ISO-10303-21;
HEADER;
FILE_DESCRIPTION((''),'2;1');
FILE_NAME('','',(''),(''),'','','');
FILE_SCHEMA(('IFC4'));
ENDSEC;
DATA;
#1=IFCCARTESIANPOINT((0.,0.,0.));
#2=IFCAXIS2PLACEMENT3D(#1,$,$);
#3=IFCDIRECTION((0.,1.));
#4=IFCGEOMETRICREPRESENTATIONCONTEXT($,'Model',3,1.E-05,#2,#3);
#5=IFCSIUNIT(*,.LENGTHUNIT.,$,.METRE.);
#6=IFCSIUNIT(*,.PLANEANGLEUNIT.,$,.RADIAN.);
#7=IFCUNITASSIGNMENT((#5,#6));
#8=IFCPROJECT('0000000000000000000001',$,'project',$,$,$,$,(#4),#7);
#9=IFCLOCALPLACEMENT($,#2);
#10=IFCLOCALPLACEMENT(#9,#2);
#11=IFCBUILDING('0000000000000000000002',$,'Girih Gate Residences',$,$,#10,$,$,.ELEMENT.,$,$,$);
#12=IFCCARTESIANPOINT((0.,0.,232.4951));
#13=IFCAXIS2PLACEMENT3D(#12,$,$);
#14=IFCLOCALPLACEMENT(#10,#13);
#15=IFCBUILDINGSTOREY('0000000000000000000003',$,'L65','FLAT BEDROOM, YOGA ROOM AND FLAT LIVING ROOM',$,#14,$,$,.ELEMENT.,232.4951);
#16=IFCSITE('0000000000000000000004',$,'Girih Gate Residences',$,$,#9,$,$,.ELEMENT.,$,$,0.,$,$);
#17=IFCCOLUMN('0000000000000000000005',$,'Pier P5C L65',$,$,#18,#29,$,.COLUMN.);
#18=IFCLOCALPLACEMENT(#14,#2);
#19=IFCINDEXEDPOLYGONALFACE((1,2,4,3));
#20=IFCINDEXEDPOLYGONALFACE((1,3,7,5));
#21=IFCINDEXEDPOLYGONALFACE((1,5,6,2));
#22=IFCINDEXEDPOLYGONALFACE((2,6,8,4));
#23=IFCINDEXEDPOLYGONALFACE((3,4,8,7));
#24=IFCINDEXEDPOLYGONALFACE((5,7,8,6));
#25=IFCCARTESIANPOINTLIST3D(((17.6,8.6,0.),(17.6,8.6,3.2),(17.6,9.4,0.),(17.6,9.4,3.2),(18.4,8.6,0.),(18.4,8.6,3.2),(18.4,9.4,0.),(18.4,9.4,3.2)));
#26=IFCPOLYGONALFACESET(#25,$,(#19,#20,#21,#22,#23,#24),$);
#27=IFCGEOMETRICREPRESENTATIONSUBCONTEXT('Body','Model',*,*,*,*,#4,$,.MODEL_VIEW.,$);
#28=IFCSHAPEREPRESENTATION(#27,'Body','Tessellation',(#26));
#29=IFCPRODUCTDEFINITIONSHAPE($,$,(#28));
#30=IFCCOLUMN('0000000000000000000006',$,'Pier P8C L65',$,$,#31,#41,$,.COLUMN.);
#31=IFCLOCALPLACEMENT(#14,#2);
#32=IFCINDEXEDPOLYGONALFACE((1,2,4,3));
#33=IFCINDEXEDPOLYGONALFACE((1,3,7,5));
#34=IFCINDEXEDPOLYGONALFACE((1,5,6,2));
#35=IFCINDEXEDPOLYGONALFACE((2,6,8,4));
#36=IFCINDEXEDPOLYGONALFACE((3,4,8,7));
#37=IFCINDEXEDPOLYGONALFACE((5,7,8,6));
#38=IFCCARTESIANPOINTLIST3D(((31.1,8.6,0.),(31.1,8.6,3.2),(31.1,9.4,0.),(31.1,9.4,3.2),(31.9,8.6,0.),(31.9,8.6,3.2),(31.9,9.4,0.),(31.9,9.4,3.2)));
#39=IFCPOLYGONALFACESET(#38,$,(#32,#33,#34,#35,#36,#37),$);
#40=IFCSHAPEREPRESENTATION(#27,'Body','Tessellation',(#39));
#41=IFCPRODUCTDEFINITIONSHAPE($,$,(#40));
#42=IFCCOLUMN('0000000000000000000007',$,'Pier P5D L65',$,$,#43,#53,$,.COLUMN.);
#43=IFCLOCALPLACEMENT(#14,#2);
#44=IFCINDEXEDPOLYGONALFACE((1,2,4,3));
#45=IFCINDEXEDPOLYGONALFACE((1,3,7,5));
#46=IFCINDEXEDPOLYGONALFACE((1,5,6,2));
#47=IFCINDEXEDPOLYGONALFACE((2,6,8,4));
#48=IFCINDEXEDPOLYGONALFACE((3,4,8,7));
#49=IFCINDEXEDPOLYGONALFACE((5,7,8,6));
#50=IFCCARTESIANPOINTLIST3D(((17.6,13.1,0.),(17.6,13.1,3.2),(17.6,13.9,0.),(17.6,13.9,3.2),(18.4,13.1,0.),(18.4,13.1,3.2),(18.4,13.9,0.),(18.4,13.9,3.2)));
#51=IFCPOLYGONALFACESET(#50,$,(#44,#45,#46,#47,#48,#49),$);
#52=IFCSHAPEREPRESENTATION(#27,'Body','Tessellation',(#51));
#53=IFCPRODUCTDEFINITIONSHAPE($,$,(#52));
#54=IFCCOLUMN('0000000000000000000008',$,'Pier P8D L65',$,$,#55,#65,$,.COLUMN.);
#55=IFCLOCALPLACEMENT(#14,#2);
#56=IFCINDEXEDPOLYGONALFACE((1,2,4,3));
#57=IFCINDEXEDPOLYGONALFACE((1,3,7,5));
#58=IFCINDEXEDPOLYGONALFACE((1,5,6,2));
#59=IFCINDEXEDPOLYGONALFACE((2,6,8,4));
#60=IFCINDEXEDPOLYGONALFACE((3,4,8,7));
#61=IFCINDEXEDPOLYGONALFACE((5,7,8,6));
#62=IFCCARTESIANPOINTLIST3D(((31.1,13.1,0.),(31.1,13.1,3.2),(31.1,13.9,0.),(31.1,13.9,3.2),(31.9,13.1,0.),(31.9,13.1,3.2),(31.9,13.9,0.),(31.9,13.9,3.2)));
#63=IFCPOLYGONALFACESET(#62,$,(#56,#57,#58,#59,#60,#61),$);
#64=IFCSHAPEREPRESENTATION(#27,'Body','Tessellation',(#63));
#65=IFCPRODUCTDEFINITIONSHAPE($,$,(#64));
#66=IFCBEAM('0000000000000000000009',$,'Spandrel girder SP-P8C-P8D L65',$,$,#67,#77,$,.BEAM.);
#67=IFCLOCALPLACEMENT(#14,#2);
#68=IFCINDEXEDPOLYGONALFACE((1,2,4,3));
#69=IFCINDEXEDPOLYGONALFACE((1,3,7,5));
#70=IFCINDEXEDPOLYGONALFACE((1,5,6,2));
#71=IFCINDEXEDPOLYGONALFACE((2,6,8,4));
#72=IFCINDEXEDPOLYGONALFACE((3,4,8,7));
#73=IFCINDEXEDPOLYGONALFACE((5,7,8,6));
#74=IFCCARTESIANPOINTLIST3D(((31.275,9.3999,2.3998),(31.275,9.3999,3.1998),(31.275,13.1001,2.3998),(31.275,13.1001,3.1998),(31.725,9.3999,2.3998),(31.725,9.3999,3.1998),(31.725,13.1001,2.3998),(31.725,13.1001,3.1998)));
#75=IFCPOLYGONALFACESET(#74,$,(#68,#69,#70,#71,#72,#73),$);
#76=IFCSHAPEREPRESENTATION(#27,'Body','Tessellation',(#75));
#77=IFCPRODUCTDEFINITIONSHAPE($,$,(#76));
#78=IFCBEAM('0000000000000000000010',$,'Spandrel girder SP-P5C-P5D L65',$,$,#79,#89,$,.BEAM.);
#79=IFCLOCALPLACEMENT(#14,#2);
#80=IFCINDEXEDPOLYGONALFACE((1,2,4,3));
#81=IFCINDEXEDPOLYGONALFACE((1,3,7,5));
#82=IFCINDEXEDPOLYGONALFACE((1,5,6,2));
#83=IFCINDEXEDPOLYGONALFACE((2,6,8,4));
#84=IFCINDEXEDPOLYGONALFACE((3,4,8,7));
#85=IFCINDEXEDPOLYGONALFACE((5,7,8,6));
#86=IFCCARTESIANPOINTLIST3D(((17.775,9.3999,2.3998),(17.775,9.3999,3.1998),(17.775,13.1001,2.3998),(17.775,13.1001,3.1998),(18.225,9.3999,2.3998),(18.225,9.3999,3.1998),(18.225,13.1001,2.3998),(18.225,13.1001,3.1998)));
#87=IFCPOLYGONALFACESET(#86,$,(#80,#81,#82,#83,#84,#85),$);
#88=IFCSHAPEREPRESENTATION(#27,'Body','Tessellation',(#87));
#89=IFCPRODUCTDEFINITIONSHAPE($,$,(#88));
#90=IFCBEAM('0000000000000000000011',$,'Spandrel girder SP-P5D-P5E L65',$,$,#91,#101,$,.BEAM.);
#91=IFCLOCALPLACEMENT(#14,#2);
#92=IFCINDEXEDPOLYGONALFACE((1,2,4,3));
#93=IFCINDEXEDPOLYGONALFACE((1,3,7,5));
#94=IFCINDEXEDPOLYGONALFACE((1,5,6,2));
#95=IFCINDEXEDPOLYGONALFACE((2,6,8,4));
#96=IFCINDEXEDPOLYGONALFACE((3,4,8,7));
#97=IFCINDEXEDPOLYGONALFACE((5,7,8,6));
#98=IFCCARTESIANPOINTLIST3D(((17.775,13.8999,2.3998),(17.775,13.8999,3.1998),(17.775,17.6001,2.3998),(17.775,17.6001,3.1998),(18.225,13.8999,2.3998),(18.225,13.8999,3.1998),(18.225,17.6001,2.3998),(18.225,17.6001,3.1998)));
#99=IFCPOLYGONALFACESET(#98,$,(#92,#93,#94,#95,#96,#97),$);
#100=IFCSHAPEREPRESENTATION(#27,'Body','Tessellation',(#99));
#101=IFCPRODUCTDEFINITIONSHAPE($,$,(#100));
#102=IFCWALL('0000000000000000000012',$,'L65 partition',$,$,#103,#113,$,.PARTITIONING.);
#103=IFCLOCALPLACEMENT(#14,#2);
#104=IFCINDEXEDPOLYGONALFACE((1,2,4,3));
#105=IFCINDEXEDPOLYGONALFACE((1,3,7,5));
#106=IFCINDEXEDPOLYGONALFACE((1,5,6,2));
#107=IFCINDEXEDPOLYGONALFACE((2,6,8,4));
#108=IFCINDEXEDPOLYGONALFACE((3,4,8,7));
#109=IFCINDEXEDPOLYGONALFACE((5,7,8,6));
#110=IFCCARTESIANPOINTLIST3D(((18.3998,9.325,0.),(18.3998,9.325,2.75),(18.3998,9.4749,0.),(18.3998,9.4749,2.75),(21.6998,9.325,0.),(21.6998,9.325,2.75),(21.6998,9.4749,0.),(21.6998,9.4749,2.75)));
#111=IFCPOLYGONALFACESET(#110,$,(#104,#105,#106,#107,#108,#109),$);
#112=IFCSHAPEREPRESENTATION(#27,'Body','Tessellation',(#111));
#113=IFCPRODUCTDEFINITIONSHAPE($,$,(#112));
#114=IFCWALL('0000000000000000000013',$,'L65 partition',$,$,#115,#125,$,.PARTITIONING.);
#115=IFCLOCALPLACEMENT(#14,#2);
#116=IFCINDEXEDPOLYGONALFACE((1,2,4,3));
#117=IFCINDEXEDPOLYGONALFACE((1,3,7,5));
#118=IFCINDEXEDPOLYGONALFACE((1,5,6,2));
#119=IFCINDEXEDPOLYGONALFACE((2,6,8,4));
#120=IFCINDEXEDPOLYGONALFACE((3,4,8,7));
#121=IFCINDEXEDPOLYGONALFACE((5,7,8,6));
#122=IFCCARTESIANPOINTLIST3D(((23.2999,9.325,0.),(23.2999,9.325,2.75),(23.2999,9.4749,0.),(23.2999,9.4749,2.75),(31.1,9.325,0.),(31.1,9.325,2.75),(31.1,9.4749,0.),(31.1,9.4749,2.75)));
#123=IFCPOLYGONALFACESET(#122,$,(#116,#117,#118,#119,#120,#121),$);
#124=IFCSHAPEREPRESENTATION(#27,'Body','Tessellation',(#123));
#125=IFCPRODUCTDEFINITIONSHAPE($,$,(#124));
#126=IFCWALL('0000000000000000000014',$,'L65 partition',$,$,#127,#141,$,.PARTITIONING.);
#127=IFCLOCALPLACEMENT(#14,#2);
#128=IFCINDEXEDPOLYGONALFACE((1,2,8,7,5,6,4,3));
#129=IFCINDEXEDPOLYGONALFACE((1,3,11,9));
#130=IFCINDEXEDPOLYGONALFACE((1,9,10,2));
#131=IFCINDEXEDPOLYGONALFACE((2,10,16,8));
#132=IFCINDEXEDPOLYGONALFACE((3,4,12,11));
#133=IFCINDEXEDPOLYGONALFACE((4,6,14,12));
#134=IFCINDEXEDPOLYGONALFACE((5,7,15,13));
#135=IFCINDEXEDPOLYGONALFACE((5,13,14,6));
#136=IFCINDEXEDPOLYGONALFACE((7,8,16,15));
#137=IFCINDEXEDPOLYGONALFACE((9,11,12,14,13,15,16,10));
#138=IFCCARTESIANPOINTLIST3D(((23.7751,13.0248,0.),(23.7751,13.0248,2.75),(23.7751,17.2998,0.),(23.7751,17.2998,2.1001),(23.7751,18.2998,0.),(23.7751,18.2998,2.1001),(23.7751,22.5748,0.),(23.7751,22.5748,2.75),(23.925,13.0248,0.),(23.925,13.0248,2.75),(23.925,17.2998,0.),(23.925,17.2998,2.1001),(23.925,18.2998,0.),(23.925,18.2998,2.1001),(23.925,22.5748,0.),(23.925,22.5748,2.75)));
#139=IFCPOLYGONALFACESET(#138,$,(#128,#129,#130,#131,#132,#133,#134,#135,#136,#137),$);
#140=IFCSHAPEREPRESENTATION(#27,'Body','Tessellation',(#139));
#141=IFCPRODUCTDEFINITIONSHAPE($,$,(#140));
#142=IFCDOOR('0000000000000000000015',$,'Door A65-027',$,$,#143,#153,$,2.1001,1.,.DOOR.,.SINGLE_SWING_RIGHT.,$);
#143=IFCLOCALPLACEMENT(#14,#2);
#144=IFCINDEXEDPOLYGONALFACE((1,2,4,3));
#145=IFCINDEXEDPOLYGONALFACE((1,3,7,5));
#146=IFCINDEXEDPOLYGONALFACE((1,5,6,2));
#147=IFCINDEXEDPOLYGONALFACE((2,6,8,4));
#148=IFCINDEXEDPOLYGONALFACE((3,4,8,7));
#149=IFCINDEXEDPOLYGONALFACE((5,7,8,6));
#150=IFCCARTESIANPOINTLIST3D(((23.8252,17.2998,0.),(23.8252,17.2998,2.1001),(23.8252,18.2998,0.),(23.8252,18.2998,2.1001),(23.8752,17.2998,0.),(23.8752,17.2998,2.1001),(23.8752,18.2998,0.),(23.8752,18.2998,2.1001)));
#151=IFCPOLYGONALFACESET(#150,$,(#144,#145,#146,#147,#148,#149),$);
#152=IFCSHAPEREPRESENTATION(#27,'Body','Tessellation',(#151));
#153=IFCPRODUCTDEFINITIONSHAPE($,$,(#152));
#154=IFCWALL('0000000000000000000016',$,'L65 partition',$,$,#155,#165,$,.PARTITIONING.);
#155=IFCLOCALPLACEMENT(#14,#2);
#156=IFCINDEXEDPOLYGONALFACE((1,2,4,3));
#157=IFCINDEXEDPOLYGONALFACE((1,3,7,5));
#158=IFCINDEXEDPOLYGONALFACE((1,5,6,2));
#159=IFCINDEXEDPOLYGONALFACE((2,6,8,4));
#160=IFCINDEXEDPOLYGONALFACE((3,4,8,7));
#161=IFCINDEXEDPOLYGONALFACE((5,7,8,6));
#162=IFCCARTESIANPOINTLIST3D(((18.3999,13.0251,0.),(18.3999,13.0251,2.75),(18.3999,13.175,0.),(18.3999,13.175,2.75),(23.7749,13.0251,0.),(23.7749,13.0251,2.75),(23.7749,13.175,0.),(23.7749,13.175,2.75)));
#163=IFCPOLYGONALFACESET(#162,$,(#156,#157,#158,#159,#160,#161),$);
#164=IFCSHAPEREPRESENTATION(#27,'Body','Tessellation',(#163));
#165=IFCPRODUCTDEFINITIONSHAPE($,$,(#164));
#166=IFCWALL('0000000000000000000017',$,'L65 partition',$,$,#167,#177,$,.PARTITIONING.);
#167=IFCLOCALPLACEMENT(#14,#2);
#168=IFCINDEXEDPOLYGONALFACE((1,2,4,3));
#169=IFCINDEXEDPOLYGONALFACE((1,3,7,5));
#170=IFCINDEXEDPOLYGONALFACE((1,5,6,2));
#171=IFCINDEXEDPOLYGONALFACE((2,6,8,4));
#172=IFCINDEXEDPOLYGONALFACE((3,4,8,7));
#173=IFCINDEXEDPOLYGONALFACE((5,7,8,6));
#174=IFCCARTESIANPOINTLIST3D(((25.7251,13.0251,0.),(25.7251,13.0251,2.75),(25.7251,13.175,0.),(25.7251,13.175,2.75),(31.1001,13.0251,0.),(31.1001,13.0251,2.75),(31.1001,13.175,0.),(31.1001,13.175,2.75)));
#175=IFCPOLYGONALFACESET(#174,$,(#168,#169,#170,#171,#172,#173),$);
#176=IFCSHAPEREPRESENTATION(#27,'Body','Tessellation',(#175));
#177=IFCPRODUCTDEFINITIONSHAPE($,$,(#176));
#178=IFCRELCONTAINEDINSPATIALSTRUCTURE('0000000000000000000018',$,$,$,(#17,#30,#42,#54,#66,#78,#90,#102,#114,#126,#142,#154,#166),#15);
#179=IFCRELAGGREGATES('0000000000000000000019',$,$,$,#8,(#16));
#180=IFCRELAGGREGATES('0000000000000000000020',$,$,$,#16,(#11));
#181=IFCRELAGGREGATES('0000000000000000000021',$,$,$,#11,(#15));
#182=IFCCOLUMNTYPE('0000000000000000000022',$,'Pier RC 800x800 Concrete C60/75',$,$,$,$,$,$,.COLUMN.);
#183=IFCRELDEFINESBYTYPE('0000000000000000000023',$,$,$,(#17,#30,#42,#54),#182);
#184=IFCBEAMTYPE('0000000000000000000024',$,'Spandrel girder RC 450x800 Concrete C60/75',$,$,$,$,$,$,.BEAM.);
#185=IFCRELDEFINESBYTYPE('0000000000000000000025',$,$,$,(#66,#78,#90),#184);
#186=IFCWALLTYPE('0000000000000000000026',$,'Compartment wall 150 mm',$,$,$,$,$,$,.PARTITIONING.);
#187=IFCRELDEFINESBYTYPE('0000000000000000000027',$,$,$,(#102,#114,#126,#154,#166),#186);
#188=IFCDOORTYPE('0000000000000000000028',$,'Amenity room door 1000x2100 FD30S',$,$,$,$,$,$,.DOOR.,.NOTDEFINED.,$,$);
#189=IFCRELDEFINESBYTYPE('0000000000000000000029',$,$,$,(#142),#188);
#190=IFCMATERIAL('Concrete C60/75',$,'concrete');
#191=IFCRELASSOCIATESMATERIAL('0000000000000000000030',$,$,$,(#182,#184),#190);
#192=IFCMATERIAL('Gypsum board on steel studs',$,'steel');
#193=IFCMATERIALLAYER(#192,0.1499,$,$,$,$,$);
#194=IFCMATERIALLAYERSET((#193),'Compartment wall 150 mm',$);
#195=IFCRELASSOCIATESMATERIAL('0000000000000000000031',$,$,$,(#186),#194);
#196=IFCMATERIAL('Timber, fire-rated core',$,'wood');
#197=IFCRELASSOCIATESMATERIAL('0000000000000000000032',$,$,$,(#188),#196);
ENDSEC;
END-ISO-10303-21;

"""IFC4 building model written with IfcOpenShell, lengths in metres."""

from ifc_helpers import new_model, si_unit, direction, frame, frame_2d, origin, origin_2d, place, context, subcontext, project, spatial, rectangle, extrude, material, layer, layer_set, material_profile, profile_set, type_object, element, fill, save


model = new_model("IFC4")

# Units and contexts
model_context = context("Model", 3, precision=1e-05, world=origin(), true_north=direction((0.0, 1.0)))
body_context = subcontext(model_context, "Body", "Model", "MODEL_VIEW")
ifc_project = project(units=[si_unit("LENGTHUNIT", "METRE"), si_unit("PLANEANGLEUNIT", "RADIAN")], contexts=[model_context])

# Site, building, storey
site_placement = place(None, origin())
site = spatial("IfcSite", under=ifc_project, at=site_placement, Name="Girih Gate Residences", CompositionType="ELEMENT", RefElevation=0.0)
building_placement = place(site_placement, origin())
building = spatial("IfcBuilding", under=site, at=building_placement, Name="Girih Gate Residences", CompositionType="ELEMENT")
storey_placement = place(building_placement, frame((0.0, 0.0, 232.4951)))
storey = spatial("IfcBuildingStorey", under=building, at=storey_placement, Name="L65", Description="FLAT BEDROOM, YOGA ROOM AND FLAT LIVING ROOM", CompositionType="ELEMENT", Elevation=232.4951)

# Columns
ifc_material_1 = material(Name="Concrete C60/75", Category="concrete")
ifc_material_profile_1 = material_profile(ifc_material_1, rectangle(XDim=0.8, YDim=0.8, at=origin_2d()))
ifc_profile_set_1 = profile_set([ifc_material_profile_1], Name="Concrete C60/75")
column_type = type_object("IfcColumnType", Name="Pier RC 800x800 Concrete C60/75", PredefinedType="COLUMN", material=ifc_profile_set_1)
for number, where, z_axis, x_axis, name in (
    (1, (18.0, 9.0, 0.0), (0.0, 0.0, 1.0), (1.0, 0.0, 0.0), "Pier P5C L65"),
    (2, (31.5, 9.0, 0.0), (0.0, 0.0, 1.0), (1.0, 0.0, 0.0), "Pier P8C L65"),
    (3, (18.0, 13.5, 0.0), (0.0, 0.0, 1.0), (1.0, 0.0, 0.0), "Pier P5D L65"),
    (4, (31.5, 13.5, 0.0), (0.0, 0.0, 1.0), (1.0, 0.0, 0.0), "Pier P8D L65"),
):
    element("IfcColumn", number, at=place(storey_placement, frame(where, z_axis=z_axis, x_axis=x_axis)), inside=storey, type_object=column_type, Name=name, PredefinedType="COLUMN", context=body_context, shape_type="SweptSolid", body=[
        extrude(rectangle(XDim=0.8, YDim=0.8, at=origin_2d()), origin(), (0.0, 0.0, 1.0), 3.2),
    ])

# Beams
ifc_material_profile_2 = material_profile(ifc_material_1, rectangle(XDim=0.45, YDim=0.8, at=origin_2d()))
ifc_profile_set_2 = profile_set([ifc_material_profile_2], Name="Concrete C60/75")
beam_type = type_object("IfcBeamType", Name="Spandrel girder RC 450x800 Concrete C60/75", PredefinedType="BEAM", material=ifc_profile_set_2)
for number, where, z_axis, x_axis, name in (
    (5, (31.5, 9.3999, 2.7998), (0.0, 1.0, 0.0), (-1.0, 0.0, 0.0), "Spandrel girder SP-P8C-P8D L65"),
    (6, (18.0, 9.3999, 2.7998), (0.0, 1.0, 0.0), (-1.0, 0.0, 0.0), "Spandrel girder SP-P5C-P5D L65"),
    (7, (18.0, 13.8999, 2.7998), (0.0, 1.0, 0.0), (-1.0, 0.0, 0.0), "Spandrel girder SP-P5D-P5E L65"),
):
    element("IfcBeam", number, at=place(storey_placement, frame(where, z_axis=z_axis, x_axis=x_axis)), inside=storey, type_object=beam_type, Name=name, PredefinedType="BEAM", context=body_context, shape_type="SweptSolid", body=[
        extrude(rectangle(XDim=0.45, YDim=0.8, at=origin_2d()), origin(), (0.0, 0.0, 1.0), 3.7002),
    ])

# Wall
ifc_material_2 = material(Name="Gypsum board on steel studs", Category="steel")
ifc_layer_1 = layer(ifc_material_2, 0.1499)
ifc_layer_set_1 = layer_set([ifc_layer_1], Name="Compartment wall 150 mm")
wall_type_1 = type_object("IfcWallType", Name="Compartment wall 150 mm", PredefinedType="PARTITIONING", material=ifc_layer_set_1)
wall_1_placement = place(storey_placement, frame((18.3999, 9.3999, 0.0), z_axis=(0.0, 0.0, 1.0), x_axis=(1.0, 0.0, 0.0)))
element("IfcWall", 8, at=wall_1_placement, inside=storey, type_object=wall_type_1, Name="L65 partition", PredefinedType="PARTITIONING", context=body_context, shape_type="SweptSolid", body=[
    extrude(rectangle(XDim=3.3, YDim=0.1499, at=frame_2d((1.6499, 0.0))), origin(), (0.0, 0.0, 1.0), 2.75),
])

# Shared definitions
ifc_material_3 = material(Name="Timber, fire-rated core", Category="wood")

# Wall
wall_2_placement = place(storey_placement, frame((23.3, 9.3999, 0.0), z_axis=(0.0, 0.0, 1.0), x_axis=(1.0, 0.0, 0.0)))
element("IfcWall", 9, at=wall_2_placement, inside=storey, type_object=wall_type_1, Name="L65 partition", PredefinedType="PARTITIONING", context=body_context, shape_type="SweptSolid", body=[
    extrude(rectangle(XDim=7.8, YDim=0.1499, at=frame_2d((3.8999, 0.0))), origin(), (0.0, 0.0, 1.0), 2.75),
])

# Wall, opening, door
wall_3_placement = place(storey_placement, frame((23.8501, 13.0249, 0.0), z_axis=(0.0, 0.0, 1.0), x_axis=(0.0, 1.0, 0.0)))
wall_3 = element("IfcWall", 10, at=wall_3_placement, inside=storey, type_object=wall_type_1, Name="L65 partition", PredefinedType="PARTITIONING", context=body_context, shape_type="SweptSolid", body=[
    extrude(rectangle(XDim=9.55, YDim=0.1499, at=frame_2d((4.7749, 0.0))), origin(), (0.0, 0.0, 1.0), 2.75),
])
opening_1_placement = place(wall_3_placement, frame((4.2749, 0.0, 0.0)))
opening_1 = element("IfcOpeningElement", 11, at=opening_1_placement, cuts=wall_3, PredefinedType="OPENING", context=body_context, shape_type="SweptSolid", body=[
    extrude(rectangle(XDim=1.0, YDim=2.1001, at=frame_2d((0.5, 1.05))), frame((0.0, 0.085, 0.0), z_axis=(0.0, -1.0, 0.0), x_axis=(1.0, 0.0, 0.0)), (0.0, 0.0, 1.0), 0.1699),
])
door_type_1 = type_object("IfcDoorType", Name="Amenity room door 1000x2100 FD30S", OperationType="NOTDEFINED", PredefinedType="DOOR", material=ifc_material_3)
door_1_placement = place(opening_1_placement, origin())
door_1 = element("IfcDoor", 12, at=door_1_placement, inside=storey, type_object=door_type_1, Name="Door A65-027", OperationType="SINGLE_SWING_RIGHT", OverallHeight=2.1001, OverallWidth=1.0, PredefinedType="DOOR", context=body_context, shape_type="SweptSolid", body=[
    extrude(rectangle(XDim=1.0, YDim=2.1001, at=frame_2d((0.5, 1.05))), frame((0.0, 0.0249, 0.0), z_axis=(0.0, -1.0, 0.0), x_axis=(1.0, 0.0, 0.0)), (0.0, 0.0, 1.0), 0.05),
])
fill(opening_1, door_1)

# Walls
for number, where, z_axis, x_axis, name in (
    (13, (18.3999, 13.1001, 0.0), (0.0, 0.0, 1.0), (1.0, 0.0, 0.0), "L65 partition"),
    (14, (25.7251, 13.1001, 0.0), (0.0, 0.0, 1.0), (1.0, 0.0, 0.0), "L65 partition"),
):
    element("IfcWall", number, at=place(storey_placement, frame(where, z_axis=z_axis, x_axis=x_axis)), inside=storey, type_object=wall_type_1, Name=name, PredefinedType="PARTITIONING", context=body_context, shape_type="SweptSolid", body=[
        extrude(rectangle(XDim=5.375, YDim=0.1499, at=frame_2d((2.6875, 0.0))), origin(), (0.0, 0.0, 1.0), 2.75),
    ])

save(model, "model.ifc")
